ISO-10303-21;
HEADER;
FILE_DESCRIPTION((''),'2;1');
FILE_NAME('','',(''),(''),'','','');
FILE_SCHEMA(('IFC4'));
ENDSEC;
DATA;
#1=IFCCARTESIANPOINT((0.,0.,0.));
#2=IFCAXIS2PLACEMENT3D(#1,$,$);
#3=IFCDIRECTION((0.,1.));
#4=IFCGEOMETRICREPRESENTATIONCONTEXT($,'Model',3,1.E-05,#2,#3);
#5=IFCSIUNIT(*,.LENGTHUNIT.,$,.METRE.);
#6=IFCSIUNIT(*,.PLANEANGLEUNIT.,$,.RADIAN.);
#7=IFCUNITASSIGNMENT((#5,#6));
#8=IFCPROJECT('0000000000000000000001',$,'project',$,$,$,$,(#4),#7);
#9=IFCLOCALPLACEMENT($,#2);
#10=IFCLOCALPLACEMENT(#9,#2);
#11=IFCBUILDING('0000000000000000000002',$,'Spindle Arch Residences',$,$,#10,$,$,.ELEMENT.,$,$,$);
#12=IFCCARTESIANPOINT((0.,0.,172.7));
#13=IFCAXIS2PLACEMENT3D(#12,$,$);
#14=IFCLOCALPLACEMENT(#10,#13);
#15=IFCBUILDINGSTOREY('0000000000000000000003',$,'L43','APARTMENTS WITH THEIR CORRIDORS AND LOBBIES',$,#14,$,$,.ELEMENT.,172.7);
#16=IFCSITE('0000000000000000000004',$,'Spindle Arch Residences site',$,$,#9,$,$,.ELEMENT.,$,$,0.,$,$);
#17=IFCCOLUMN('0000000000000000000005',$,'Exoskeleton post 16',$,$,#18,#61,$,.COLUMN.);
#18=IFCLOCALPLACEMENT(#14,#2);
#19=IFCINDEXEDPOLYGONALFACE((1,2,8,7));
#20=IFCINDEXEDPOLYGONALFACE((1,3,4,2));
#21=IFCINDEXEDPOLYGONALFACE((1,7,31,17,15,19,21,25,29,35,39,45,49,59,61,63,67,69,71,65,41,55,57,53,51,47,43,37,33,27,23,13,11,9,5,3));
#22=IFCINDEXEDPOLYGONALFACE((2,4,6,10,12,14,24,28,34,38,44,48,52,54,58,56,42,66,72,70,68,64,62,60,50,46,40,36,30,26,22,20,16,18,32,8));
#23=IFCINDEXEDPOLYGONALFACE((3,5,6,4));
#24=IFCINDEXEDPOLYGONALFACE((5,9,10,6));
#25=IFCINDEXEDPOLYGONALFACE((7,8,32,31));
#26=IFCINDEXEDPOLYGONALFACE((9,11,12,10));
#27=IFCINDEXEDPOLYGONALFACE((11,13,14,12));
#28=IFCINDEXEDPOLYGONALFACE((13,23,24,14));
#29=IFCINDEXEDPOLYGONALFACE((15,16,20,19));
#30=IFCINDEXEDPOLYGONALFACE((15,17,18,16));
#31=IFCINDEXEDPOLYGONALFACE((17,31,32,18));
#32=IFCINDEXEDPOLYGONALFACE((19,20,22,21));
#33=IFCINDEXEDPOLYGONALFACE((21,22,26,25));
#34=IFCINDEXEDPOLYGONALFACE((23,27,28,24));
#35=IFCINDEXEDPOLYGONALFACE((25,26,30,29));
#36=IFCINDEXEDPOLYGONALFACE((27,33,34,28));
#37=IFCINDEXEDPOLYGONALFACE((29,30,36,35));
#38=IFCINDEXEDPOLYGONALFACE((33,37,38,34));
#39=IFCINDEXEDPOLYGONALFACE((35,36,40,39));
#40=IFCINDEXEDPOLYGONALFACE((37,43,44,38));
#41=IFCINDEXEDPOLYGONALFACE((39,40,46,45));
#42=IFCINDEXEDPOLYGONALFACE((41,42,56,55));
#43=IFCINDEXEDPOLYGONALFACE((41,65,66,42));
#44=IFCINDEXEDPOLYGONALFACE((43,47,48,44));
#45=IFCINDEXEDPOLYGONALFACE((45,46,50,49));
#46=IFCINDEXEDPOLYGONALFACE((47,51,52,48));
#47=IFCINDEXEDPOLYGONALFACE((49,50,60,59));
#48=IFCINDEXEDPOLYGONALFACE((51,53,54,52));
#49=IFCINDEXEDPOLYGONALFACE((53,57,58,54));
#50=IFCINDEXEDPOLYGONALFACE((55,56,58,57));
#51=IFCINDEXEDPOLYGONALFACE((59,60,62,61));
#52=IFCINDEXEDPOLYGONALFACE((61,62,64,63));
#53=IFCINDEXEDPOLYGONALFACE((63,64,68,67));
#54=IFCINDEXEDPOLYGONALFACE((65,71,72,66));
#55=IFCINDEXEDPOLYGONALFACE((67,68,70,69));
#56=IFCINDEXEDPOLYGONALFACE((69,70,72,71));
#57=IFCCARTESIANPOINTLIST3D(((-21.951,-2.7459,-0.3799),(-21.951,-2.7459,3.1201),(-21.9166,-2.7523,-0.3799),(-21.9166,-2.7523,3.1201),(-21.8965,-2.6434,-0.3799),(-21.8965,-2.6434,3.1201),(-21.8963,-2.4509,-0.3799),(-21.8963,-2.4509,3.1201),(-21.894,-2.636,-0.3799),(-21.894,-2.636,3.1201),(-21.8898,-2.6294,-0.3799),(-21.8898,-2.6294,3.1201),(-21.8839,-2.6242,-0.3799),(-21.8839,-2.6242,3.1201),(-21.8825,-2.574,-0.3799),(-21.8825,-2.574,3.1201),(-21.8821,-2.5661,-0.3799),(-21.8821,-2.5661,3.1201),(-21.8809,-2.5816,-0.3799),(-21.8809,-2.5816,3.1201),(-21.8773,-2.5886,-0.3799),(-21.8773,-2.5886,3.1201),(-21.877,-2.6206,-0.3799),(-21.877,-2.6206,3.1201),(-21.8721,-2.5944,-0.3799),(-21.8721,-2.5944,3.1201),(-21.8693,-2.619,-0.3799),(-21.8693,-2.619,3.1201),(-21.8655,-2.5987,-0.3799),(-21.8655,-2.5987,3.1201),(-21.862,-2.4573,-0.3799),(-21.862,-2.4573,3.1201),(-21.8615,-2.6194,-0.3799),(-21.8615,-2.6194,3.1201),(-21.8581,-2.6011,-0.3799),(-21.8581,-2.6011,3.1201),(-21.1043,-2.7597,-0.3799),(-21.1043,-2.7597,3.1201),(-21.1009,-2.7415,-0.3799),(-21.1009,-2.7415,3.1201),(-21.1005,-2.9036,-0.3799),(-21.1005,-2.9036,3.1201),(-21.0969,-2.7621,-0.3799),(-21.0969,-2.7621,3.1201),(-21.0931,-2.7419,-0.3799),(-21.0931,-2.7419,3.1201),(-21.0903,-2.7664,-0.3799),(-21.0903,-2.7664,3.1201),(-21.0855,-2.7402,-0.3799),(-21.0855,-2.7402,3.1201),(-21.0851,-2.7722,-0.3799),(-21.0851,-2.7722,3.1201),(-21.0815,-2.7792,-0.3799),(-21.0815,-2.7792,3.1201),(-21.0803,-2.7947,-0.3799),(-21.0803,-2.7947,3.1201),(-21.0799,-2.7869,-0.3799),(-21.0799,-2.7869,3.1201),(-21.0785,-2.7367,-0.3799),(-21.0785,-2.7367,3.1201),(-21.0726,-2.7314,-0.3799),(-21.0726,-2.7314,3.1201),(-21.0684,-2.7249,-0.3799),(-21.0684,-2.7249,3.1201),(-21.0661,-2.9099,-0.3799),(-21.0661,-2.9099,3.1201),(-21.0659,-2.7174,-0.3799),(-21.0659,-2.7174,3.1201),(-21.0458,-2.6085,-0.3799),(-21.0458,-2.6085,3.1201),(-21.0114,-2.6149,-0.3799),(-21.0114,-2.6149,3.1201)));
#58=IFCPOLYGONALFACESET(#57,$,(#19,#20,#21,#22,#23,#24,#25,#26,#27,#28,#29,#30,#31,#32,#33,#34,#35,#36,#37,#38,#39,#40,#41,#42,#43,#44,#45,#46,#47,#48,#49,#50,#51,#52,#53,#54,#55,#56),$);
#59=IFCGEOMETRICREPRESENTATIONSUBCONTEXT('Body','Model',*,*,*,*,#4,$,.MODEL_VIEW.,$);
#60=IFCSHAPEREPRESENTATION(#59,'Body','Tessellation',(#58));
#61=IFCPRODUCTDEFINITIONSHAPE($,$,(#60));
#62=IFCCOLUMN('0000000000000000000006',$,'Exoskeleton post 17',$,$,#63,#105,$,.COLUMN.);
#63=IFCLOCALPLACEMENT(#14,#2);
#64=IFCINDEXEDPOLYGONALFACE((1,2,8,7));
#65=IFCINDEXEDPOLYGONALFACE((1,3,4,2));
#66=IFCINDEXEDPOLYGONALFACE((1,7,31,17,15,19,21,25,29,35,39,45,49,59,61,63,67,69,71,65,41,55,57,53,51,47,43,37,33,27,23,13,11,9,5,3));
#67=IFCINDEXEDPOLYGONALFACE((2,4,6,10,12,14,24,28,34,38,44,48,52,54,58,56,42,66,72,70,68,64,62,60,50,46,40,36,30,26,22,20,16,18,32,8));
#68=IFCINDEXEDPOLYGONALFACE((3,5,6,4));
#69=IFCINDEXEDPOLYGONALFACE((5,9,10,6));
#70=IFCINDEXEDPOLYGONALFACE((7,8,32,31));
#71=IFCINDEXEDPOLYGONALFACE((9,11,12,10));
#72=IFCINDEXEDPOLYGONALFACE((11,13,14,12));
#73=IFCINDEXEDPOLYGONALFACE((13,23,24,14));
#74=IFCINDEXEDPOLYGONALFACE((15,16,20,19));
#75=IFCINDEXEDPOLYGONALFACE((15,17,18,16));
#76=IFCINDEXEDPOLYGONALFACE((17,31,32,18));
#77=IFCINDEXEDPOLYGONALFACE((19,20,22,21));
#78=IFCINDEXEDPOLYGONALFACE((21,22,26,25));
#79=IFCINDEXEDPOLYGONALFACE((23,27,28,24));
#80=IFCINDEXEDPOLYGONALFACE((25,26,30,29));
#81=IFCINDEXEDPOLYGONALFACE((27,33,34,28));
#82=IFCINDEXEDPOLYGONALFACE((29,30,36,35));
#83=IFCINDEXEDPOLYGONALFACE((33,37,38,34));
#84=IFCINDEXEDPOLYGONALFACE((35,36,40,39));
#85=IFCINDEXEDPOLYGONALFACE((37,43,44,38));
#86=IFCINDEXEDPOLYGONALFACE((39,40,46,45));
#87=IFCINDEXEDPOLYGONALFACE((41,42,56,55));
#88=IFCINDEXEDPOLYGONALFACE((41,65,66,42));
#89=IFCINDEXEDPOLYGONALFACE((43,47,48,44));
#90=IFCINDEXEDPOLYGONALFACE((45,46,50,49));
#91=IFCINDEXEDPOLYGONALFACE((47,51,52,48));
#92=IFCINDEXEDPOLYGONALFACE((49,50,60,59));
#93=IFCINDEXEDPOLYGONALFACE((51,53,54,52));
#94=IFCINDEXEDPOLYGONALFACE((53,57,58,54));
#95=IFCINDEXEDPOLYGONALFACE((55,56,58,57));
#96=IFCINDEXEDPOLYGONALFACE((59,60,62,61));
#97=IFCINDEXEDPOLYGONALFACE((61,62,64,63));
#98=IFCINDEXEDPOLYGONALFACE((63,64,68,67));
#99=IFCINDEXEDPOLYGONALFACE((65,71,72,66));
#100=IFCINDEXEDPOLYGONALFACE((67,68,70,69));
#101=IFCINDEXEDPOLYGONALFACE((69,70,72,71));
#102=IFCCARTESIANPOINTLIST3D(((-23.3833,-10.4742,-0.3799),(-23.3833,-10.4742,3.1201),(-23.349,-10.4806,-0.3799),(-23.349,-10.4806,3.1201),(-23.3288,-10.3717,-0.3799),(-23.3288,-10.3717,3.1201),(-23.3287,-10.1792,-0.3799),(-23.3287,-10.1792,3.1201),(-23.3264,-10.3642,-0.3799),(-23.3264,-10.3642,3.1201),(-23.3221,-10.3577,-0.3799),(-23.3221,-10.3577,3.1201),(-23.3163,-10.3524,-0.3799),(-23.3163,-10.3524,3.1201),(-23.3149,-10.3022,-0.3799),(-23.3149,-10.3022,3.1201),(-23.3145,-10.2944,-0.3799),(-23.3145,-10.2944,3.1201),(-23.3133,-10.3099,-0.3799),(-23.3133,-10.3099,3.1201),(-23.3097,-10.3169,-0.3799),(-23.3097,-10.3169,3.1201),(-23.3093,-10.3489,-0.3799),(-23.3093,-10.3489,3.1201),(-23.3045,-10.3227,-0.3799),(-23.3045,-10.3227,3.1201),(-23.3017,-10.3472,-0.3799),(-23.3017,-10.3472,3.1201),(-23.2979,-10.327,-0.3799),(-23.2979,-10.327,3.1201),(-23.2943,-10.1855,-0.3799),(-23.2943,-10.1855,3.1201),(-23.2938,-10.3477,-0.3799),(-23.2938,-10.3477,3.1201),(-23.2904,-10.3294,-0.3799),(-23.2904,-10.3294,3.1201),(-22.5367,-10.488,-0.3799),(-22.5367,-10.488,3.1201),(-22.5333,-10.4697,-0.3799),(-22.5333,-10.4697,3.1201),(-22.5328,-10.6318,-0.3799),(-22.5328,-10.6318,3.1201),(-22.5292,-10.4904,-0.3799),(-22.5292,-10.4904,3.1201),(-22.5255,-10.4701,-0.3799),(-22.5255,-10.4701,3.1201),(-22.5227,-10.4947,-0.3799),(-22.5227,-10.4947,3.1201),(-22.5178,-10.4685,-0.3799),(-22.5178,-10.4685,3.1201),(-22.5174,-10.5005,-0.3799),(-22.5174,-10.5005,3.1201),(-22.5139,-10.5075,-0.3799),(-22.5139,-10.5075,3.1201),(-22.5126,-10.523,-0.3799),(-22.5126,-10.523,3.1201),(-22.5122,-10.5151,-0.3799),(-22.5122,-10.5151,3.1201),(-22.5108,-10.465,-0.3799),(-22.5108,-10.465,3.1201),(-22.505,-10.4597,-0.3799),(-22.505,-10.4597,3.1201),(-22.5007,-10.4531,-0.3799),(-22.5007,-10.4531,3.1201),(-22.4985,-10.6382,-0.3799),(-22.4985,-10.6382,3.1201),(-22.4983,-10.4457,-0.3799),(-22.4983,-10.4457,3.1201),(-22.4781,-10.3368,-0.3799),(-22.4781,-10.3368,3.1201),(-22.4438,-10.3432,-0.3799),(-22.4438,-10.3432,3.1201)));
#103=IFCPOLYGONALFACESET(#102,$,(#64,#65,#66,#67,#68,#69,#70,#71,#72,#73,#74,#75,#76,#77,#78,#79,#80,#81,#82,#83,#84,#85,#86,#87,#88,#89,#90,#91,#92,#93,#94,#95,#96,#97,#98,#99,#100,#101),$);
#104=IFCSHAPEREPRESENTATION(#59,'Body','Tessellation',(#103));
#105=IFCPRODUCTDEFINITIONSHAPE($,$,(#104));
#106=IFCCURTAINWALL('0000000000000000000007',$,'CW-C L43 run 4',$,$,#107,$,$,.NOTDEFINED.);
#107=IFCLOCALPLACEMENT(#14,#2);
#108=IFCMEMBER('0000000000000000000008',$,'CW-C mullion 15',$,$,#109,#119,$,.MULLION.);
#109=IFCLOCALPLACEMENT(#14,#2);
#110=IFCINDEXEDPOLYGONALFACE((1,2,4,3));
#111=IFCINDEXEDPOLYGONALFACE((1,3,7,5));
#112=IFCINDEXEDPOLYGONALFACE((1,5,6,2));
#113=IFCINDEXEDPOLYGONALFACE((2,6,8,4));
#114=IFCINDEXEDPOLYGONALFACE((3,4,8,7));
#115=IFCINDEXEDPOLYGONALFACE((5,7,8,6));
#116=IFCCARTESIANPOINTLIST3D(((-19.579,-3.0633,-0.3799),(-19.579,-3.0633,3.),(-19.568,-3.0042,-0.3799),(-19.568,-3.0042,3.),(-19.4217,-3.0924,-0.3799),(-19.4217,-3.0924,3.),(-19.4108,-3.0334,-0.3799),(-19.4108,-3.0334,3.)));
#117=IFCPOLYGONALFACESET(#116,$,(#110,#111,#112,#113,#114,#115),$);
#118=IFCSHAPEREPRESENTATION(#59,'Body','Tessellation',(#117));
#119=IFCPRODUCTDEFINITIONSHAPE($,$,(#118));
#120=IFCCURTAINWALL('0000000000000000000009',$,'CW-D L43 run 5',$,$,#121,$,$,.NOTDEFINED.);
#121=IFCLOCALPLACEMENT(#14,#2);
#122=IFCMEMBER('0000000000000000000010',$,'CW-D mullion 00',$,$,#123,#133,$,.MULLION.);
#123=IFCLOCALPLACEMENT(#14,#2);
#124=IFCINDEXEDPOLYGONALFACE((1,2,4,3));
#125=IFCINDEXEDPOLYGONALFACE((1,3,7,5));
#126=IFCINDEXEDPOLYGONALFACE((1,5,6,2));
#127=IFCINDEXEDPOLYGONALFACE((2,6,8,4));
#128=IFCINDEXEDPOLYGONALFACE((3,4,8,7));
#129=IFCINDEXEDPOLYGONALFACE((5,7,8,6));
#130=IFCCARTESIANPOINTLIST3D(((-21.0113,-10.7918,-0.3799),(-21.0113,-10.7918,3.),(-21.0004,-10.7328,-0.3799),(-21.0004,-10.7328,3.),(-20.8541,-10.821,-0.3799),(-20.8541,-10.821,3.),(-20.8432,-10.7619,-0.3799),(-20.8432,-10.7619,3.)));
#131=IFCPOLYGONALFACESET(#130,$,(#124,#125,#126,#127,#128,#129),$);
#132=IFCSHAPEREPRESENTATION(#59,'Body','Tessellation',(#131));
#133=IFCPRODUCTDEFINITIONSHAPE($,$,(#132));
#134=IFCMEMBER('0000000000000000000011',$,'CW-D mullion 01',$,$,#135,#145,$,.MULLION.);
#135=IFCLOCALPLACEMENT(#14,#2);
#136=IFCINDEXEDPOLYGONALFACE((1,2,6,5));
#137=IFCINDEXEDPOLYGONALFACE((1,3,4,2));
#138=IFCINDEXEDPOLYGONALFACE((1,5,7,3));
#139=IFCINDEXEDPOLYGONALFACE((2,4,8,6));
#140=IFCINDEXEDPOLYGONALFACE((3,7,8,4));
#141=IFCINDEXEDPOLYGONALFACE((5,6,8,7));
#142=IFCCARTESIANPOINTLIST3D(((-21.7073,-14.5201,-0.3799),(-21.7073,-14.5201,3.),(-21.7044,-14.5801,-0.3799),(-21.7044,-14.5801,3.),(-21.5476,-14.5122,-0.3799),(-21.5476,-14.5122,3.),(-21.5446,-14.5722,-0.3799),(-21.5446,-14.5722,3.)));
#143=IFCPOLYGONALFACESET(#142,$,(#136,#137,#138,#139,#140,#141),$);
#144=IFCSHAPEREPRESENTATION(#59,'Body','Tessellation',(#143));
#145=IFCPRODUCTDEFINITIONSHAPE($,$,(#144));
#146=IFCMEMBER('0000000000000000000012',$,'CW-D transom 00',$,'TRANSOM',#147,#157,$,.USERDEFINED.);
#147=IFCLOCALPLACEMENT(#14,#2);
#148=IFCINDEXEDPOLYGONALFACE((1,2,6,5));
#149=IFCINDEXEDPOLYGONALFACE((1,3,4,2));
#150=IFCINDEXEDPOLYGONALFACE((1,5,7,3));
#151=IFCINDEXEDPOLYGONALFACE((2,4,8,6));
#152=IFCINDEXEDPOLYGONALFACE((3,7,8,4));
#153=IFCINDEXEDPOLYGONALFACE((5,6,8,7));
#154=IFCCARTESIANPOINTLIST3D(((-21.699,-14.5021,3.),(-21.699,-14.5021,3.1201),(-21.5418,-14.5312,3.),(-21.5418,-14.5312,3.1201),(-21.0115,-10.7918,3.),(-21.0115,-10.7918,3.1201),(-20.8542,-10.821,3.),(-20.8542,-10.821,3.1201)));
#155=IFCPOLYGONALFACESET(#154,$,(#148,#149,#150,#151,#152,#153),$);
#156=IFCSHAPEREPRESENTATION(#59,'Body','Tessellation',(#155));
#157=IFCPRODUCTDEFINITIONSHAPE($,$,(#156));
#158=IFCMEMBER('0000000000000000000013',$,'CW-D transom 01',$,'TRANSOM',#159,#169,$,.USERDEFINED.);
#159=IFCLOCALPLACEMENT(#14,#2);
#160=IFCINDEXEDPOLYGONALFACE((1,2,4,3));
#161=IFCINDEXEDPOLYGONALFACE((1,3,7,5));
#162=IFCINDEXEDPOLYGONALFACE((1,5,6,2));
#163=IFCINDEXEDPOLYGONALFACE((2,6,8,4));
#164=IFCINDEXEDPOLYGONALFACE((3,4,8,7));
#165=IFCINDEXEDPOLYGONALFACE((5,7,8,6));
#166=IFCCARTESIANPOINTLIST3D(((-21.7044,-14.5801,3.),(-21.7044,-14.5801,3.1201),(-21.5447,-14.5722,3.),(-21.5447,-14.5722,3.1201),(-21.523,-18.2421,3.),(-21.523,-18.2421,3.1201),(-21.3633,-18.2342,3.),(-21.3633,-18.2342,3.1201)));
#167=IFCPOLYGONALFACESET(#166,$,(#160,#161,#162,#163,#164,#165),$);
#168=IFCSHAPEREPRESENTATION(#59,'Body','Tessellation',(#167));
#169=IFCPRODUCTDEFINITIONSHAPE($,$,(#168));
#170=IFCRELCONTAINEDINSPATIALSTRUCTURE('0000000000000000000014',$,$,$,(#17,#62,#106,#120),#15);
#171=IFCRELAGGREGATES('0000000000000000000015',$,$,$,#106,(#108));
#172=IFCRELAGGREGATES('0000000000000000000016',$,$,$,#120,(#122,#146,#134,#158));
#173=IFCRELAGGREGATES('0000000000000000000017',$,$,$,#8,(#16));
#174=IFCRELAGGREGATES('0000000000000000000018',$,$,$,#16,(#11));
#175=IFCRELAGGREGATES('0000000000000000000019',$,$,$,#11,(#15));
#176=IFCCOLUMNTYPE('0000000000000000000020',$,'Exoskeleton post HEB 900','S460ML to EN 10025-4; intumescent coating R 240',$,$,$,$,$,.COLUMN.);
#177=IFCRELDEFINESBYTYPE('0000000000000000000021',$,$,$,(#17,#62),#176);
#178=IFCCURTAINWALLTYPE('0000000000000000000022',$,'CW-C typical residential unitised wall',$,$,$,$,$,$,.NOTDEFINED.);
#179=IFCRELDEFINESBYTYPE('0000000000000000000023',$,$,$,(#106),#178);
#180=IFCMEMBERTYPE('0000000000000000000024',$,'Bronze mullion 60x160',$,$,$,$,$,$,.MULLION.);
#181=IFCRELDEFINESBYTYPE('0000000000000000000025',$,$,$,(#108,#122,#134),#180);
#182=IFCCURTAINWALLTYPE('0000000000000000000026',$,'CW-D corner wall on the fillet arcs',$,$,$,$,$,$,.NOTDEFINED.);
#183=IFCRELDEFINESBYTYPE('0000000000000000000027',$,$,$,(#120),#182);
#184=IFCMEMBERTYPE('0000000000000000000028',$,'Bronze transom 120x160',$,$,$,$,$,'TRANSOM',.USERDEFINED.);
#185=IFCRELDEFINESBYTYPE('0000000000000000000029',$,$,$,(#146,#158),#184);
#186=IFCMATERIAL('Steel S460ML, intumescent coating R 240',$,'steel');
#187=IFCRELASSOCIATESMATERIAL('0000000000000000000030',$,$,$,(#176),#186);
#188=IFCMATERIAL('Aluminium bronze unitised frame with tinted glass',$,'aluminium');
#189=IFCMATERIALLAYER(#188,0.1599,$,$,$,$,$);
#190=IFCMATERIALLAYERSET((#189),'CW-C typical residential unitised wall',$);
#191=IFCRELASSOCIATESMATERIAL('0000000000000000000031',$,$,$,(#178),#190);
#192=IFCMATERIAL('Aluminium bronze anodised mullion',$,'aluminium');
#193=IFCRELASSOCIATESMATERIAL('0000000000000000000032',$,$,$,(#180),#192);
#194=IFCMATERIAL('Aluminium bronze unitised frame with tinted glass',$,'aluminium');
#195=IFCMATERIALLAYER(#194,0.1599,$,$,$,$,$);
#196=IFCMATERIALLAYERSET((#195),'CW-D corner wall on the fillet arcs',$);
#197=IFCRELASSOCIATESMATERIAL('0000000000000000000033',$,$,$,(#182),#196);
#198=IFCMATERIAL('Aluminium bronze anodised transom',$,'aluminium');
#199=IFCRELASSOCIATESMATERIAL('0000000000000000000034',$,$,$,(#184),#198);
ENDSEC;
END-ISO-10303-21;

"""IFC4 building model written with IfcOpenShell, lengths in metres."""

from ifc_helpers import new_model, si_unit, direction, frame, origin, origin_2d, place, context, subcontext, project, spatial, rectangle, i_section, extrude, material, layer, layer_set, material_profile, profile_set, type_object, element, aggregate, save


model = new_model("IFC4")

# Units and contexts
model_context = context("Model", 3, precision=1e-05, world=origin(), true_north=direction((0.0, 1.0)))
body_context = subcontext(model_context, "Body", "Model", "MODEL_VIEW")
ifc_project = project(units=[si_unit("LENGTHUNIT", "METRE"), si_unit("PLANEANGLEUNIT", "RADIAN")], contexts=[model_context])

# Site, building, storey
site_placement = place(None, origin())
site = spatial("IfcSite", under=ifc_project, at=site_placement, Name="Spindle Arch Residences site", CompositionType="ELEMENT", RefElevation=0.0)
building_placement = place(site_placement, origin())
building = spatial("IfcBuilding", under=site, at=building_placement, Name="Spindle Arch Residences", CompositionType="ELEMENT")
storey_placement = place(building_placement, frame((0.0, 0.0, 172.7)))
storey = spatial("IfcBuildingStorey", under=building, at=storey_placement, Name="L43", Description="APARTMENTS WITH THEIR CORRIDORS AND LOBBIES", CompositionType="ELEMENT", Elevation=172.7)

# Columns
ifc_material_1 = material(Name="Steel S460ML, intumescent coating R 240", Category="steel")
ifc_material_profile_1 = material_profile(ifc_material_1, i_section(OverallWidth=0.3, OverallDepth=0.8999, WebThickness=0.0186, FlangeThickness=0.0349, FilletRadius=0.03, at=origin_2d()), Name="HEB 900")
ifc_profile_set_1 = profile_set([ifc_material_profile_1], Name="Steel S460ML, intumescent coating R 240")
column_type = type_object("IfcColumnType", Name="Exoskeleton post HEB 900", Description="S460ML to EN 10025-4; intumescent coating R 240", PredefinedType="COLUMN", material=ifc_profile_set_1)
for number, where, z_axis, x_axis, name in (
    (1, (-21.4812, -2.6804, -0.3799), (0.0, 0.0, 1.0), (0.182236, 0.983255, 0.0), "Exoskeleton post 16"),
    (2, (-22.9136, -10.4087, -0.3799), (0.0, 0.0, 1.0), (0.182236, 0.983255, 0.0), "Exoskeleton post 17"),
):
    element("IfcColumn", number, at=place(storey_placement, frame(where, z_axis=z_axis, x_axis=x_axis)), inside=storey, type_object=column_type, Name=name, PredefinedType="COLUMN", context=body_context, shape_type="SweptSolid", body=[
        extrude(i_section(OverallWidth=0.3, OverallDepth=0.8999, WebThickness=0.0186, FlangeThickness=0.0349, FilletRadius=0.03, at=origin_2d()), origin(), (0.0, 0.0, 1.0), 3.5),
    ])

# Curtain wall, member
ifc_material_2 = material(Name="Aluminium bronze unitised frame with tinted glass", Category="aluminium")
ifc_layer_1 = layer(ifc_material_2, 0.1599)
ifc_layer_set_1 = layer_set([ifc_layer_1], Name="CW-C typical residential unitised wall")
curtain_wall_type_1 = type_object("IfcCurtainWallType", Name="CW-C typical residential unitised wall", PredefinedType="NOTDEFINED", material=ifc_layer_set_1)
curtain_wall_1_placement = place(storey_placement, origin())
curtain_wall_1 = element("IfcCurtainWall", 3, at=curtain_wall_1_placement, inside=storey, type_object=curtain_wall_type_1, Name="CW-C L43 run 4", PredefinedType="NOTDEFINED")
ifc_material_3 = material(Name="Aluminium bronze anodised mullion", Category="aluminium")
ifc_material_profile_2 = material_profile(ifc_material_3, rectangle(XDim=0.1599, YDim=0.0601, at=origin_2d()), Name="MU 60x160")
ifc_profile_set_2 = profile_set([ifc_material_profile_2], Name="Aluminium bronze anodised mullion")
member_type_1 = type_object("IfcMemberType", Name="Bronze mullion 60x160", PredefinedType="MULLION", material=ifc_profile_set_2)
member_1_placement = place(storey_placement, frame((-19.4949, -3.0483, -0.3799), z_axis=(0.0, 0.0, 1.0), x_axis=(0.983255, -0.182236, 0.0)))
member_1 = element("IfcMember", 4, at=member_1_placement, type_object=member_type_1, Name="CW-C mullion 15", PredefinedType="MULLION", context=body_context, shape_type="SweptSolid", body=[
    extrude(rectangle(XDim=0.1599, YDim=0.0601, at=origin_2d()), origin(), (0.0, 0.0, 1.0), 3.3799),
])

# Curtain wall, members
ifc_material_4 = material(Name="Aluminium bronze unitised frame with tinted glass", Category="aluminium")
ifc_layer_2 = layer(ifc_material_4, 0.1599)
ifc_layer_set_2 = layer_set([ifc_layer_2], Name="CW-D corner wall on the fillet arcs")
curtain_wall_type_2 = type_object("IfcCurtainWallType", Name="CW-D corner wall on the fillet arcs", PredefinedType="NOTDEFINED", material=ifc_layer_set_2)
curtain_wall_2_placement = place(storey_placement, origin())
curtain_wall_2 = element("IfcCurtainWall", 5, at=curtain_wall_2_placement, inside=storey, type_object=curtain_wall_type_2, Name="CW-D L43 run 5", PredefinedType="NOTDEFINED")
member_2_placement = place(storey_placement, frame((-20.9272, -10.7769, -0.3799), z_axis=(0.0, 0.0, 1.0), x_axis=(0.983255, -0.182236, 0.0)))
member_2 = element("IfcMember", 6, at=member_2_placement, type_object=member_type_1, Name="CW-D mullion 00", PredefinedType="MULLION", context=body_context, shape_type="SweptSolid", body=[
    extrude(rectangle(XDim=0.1599, YDim=0.0601, at=origin_2d()), origin(), (0.0, 0.0, 1.0), 3.3799),
])
member_3_placement = place(storey_placement, frame((-21.626, -14.5461, -0.3799), z_axis=(0.0, 0.0, 1.0), x_axis=(0.998778, 0.049431, 0.0)))
member_3 = element("IfcMember", 7, at=member_3_placement, type_object=member_type_1, Name="CW-D mullion 01", PredefinedType="MULLION", context=body_context, shape_type="SweptSolid", body=[
    extrude(rectangle(XDim=0.1599, YDim=0.0601, at=origin_2d()), origin(), (0.0, 0.0, 1.0), 3.3799),
])
ifc_material_5 = material(Name="Aluminium bronze anodised transom", Category="aluminium")
ifc_material_profile_3 = material_profile(ifc_material_5, rectangle(XDim=0.1599, YDim=0.1201, at=origin_2d()), Name="TR 120x160")
ifc_profile_set_3 = profile_set([ifc_material_profile_3], Name="Aluminium bronze anodised transom")
member_type_2 = type_object("IfcMemberType", Name="Bronze transom 120x160", ElementType="TRANSOM", PredefinedType="USERDEFINED", material=ifc_profile_set_3)
member_4_placement = place(storey_placement, frame((-20.9329, -10.8064, 3.0601), z_axis=(-0.182198, -0.983262, 0.0), x_axis=(0.983262, -0.182198, 0.0)))
member_4 = element("IfcMember", 8, at=member_4_placement, type_object=member_type_2, Name="CW-D transom 00", ObjectType="TRANSOM", PredefinedType="USERDEFINED", context=body_context, shape_type="SweptSolid", body=[
    extrude(rectangle(XDim=0.1599, YDim=0.1201, at=origin_2d()), origin(), (0.0, 0.0, 1.0), 3.7734),
])
member_5_placement = place(storey_placement, frame((-21.6245, -14.5762, 3.0601), z_axis=(0.049473, -0.998775, 0.0), x_axis=(0.998775, 0.049473, 0.0)))
member_5 = element("IfcMember", 9, at=member_5_placement, type_object=member_type_2, Name="CW-D transom 01", ObjectType="TRANSOM", PredefinedType="USERDEFINED", context=body_context, shape_type="SweptSolid", body=[
    extrude(rectangle(XDim=0.1599, YDim=0.1201, at=origin_2d()), origin(), (0.0, 0.0, 1.0), 3.6665),
])

aggregate(curtain_wall_1, [member_1])
aggregate(curtain_wall_2, [member_2, member_4, member_3, member_5])

save(model, "model.ifc")
